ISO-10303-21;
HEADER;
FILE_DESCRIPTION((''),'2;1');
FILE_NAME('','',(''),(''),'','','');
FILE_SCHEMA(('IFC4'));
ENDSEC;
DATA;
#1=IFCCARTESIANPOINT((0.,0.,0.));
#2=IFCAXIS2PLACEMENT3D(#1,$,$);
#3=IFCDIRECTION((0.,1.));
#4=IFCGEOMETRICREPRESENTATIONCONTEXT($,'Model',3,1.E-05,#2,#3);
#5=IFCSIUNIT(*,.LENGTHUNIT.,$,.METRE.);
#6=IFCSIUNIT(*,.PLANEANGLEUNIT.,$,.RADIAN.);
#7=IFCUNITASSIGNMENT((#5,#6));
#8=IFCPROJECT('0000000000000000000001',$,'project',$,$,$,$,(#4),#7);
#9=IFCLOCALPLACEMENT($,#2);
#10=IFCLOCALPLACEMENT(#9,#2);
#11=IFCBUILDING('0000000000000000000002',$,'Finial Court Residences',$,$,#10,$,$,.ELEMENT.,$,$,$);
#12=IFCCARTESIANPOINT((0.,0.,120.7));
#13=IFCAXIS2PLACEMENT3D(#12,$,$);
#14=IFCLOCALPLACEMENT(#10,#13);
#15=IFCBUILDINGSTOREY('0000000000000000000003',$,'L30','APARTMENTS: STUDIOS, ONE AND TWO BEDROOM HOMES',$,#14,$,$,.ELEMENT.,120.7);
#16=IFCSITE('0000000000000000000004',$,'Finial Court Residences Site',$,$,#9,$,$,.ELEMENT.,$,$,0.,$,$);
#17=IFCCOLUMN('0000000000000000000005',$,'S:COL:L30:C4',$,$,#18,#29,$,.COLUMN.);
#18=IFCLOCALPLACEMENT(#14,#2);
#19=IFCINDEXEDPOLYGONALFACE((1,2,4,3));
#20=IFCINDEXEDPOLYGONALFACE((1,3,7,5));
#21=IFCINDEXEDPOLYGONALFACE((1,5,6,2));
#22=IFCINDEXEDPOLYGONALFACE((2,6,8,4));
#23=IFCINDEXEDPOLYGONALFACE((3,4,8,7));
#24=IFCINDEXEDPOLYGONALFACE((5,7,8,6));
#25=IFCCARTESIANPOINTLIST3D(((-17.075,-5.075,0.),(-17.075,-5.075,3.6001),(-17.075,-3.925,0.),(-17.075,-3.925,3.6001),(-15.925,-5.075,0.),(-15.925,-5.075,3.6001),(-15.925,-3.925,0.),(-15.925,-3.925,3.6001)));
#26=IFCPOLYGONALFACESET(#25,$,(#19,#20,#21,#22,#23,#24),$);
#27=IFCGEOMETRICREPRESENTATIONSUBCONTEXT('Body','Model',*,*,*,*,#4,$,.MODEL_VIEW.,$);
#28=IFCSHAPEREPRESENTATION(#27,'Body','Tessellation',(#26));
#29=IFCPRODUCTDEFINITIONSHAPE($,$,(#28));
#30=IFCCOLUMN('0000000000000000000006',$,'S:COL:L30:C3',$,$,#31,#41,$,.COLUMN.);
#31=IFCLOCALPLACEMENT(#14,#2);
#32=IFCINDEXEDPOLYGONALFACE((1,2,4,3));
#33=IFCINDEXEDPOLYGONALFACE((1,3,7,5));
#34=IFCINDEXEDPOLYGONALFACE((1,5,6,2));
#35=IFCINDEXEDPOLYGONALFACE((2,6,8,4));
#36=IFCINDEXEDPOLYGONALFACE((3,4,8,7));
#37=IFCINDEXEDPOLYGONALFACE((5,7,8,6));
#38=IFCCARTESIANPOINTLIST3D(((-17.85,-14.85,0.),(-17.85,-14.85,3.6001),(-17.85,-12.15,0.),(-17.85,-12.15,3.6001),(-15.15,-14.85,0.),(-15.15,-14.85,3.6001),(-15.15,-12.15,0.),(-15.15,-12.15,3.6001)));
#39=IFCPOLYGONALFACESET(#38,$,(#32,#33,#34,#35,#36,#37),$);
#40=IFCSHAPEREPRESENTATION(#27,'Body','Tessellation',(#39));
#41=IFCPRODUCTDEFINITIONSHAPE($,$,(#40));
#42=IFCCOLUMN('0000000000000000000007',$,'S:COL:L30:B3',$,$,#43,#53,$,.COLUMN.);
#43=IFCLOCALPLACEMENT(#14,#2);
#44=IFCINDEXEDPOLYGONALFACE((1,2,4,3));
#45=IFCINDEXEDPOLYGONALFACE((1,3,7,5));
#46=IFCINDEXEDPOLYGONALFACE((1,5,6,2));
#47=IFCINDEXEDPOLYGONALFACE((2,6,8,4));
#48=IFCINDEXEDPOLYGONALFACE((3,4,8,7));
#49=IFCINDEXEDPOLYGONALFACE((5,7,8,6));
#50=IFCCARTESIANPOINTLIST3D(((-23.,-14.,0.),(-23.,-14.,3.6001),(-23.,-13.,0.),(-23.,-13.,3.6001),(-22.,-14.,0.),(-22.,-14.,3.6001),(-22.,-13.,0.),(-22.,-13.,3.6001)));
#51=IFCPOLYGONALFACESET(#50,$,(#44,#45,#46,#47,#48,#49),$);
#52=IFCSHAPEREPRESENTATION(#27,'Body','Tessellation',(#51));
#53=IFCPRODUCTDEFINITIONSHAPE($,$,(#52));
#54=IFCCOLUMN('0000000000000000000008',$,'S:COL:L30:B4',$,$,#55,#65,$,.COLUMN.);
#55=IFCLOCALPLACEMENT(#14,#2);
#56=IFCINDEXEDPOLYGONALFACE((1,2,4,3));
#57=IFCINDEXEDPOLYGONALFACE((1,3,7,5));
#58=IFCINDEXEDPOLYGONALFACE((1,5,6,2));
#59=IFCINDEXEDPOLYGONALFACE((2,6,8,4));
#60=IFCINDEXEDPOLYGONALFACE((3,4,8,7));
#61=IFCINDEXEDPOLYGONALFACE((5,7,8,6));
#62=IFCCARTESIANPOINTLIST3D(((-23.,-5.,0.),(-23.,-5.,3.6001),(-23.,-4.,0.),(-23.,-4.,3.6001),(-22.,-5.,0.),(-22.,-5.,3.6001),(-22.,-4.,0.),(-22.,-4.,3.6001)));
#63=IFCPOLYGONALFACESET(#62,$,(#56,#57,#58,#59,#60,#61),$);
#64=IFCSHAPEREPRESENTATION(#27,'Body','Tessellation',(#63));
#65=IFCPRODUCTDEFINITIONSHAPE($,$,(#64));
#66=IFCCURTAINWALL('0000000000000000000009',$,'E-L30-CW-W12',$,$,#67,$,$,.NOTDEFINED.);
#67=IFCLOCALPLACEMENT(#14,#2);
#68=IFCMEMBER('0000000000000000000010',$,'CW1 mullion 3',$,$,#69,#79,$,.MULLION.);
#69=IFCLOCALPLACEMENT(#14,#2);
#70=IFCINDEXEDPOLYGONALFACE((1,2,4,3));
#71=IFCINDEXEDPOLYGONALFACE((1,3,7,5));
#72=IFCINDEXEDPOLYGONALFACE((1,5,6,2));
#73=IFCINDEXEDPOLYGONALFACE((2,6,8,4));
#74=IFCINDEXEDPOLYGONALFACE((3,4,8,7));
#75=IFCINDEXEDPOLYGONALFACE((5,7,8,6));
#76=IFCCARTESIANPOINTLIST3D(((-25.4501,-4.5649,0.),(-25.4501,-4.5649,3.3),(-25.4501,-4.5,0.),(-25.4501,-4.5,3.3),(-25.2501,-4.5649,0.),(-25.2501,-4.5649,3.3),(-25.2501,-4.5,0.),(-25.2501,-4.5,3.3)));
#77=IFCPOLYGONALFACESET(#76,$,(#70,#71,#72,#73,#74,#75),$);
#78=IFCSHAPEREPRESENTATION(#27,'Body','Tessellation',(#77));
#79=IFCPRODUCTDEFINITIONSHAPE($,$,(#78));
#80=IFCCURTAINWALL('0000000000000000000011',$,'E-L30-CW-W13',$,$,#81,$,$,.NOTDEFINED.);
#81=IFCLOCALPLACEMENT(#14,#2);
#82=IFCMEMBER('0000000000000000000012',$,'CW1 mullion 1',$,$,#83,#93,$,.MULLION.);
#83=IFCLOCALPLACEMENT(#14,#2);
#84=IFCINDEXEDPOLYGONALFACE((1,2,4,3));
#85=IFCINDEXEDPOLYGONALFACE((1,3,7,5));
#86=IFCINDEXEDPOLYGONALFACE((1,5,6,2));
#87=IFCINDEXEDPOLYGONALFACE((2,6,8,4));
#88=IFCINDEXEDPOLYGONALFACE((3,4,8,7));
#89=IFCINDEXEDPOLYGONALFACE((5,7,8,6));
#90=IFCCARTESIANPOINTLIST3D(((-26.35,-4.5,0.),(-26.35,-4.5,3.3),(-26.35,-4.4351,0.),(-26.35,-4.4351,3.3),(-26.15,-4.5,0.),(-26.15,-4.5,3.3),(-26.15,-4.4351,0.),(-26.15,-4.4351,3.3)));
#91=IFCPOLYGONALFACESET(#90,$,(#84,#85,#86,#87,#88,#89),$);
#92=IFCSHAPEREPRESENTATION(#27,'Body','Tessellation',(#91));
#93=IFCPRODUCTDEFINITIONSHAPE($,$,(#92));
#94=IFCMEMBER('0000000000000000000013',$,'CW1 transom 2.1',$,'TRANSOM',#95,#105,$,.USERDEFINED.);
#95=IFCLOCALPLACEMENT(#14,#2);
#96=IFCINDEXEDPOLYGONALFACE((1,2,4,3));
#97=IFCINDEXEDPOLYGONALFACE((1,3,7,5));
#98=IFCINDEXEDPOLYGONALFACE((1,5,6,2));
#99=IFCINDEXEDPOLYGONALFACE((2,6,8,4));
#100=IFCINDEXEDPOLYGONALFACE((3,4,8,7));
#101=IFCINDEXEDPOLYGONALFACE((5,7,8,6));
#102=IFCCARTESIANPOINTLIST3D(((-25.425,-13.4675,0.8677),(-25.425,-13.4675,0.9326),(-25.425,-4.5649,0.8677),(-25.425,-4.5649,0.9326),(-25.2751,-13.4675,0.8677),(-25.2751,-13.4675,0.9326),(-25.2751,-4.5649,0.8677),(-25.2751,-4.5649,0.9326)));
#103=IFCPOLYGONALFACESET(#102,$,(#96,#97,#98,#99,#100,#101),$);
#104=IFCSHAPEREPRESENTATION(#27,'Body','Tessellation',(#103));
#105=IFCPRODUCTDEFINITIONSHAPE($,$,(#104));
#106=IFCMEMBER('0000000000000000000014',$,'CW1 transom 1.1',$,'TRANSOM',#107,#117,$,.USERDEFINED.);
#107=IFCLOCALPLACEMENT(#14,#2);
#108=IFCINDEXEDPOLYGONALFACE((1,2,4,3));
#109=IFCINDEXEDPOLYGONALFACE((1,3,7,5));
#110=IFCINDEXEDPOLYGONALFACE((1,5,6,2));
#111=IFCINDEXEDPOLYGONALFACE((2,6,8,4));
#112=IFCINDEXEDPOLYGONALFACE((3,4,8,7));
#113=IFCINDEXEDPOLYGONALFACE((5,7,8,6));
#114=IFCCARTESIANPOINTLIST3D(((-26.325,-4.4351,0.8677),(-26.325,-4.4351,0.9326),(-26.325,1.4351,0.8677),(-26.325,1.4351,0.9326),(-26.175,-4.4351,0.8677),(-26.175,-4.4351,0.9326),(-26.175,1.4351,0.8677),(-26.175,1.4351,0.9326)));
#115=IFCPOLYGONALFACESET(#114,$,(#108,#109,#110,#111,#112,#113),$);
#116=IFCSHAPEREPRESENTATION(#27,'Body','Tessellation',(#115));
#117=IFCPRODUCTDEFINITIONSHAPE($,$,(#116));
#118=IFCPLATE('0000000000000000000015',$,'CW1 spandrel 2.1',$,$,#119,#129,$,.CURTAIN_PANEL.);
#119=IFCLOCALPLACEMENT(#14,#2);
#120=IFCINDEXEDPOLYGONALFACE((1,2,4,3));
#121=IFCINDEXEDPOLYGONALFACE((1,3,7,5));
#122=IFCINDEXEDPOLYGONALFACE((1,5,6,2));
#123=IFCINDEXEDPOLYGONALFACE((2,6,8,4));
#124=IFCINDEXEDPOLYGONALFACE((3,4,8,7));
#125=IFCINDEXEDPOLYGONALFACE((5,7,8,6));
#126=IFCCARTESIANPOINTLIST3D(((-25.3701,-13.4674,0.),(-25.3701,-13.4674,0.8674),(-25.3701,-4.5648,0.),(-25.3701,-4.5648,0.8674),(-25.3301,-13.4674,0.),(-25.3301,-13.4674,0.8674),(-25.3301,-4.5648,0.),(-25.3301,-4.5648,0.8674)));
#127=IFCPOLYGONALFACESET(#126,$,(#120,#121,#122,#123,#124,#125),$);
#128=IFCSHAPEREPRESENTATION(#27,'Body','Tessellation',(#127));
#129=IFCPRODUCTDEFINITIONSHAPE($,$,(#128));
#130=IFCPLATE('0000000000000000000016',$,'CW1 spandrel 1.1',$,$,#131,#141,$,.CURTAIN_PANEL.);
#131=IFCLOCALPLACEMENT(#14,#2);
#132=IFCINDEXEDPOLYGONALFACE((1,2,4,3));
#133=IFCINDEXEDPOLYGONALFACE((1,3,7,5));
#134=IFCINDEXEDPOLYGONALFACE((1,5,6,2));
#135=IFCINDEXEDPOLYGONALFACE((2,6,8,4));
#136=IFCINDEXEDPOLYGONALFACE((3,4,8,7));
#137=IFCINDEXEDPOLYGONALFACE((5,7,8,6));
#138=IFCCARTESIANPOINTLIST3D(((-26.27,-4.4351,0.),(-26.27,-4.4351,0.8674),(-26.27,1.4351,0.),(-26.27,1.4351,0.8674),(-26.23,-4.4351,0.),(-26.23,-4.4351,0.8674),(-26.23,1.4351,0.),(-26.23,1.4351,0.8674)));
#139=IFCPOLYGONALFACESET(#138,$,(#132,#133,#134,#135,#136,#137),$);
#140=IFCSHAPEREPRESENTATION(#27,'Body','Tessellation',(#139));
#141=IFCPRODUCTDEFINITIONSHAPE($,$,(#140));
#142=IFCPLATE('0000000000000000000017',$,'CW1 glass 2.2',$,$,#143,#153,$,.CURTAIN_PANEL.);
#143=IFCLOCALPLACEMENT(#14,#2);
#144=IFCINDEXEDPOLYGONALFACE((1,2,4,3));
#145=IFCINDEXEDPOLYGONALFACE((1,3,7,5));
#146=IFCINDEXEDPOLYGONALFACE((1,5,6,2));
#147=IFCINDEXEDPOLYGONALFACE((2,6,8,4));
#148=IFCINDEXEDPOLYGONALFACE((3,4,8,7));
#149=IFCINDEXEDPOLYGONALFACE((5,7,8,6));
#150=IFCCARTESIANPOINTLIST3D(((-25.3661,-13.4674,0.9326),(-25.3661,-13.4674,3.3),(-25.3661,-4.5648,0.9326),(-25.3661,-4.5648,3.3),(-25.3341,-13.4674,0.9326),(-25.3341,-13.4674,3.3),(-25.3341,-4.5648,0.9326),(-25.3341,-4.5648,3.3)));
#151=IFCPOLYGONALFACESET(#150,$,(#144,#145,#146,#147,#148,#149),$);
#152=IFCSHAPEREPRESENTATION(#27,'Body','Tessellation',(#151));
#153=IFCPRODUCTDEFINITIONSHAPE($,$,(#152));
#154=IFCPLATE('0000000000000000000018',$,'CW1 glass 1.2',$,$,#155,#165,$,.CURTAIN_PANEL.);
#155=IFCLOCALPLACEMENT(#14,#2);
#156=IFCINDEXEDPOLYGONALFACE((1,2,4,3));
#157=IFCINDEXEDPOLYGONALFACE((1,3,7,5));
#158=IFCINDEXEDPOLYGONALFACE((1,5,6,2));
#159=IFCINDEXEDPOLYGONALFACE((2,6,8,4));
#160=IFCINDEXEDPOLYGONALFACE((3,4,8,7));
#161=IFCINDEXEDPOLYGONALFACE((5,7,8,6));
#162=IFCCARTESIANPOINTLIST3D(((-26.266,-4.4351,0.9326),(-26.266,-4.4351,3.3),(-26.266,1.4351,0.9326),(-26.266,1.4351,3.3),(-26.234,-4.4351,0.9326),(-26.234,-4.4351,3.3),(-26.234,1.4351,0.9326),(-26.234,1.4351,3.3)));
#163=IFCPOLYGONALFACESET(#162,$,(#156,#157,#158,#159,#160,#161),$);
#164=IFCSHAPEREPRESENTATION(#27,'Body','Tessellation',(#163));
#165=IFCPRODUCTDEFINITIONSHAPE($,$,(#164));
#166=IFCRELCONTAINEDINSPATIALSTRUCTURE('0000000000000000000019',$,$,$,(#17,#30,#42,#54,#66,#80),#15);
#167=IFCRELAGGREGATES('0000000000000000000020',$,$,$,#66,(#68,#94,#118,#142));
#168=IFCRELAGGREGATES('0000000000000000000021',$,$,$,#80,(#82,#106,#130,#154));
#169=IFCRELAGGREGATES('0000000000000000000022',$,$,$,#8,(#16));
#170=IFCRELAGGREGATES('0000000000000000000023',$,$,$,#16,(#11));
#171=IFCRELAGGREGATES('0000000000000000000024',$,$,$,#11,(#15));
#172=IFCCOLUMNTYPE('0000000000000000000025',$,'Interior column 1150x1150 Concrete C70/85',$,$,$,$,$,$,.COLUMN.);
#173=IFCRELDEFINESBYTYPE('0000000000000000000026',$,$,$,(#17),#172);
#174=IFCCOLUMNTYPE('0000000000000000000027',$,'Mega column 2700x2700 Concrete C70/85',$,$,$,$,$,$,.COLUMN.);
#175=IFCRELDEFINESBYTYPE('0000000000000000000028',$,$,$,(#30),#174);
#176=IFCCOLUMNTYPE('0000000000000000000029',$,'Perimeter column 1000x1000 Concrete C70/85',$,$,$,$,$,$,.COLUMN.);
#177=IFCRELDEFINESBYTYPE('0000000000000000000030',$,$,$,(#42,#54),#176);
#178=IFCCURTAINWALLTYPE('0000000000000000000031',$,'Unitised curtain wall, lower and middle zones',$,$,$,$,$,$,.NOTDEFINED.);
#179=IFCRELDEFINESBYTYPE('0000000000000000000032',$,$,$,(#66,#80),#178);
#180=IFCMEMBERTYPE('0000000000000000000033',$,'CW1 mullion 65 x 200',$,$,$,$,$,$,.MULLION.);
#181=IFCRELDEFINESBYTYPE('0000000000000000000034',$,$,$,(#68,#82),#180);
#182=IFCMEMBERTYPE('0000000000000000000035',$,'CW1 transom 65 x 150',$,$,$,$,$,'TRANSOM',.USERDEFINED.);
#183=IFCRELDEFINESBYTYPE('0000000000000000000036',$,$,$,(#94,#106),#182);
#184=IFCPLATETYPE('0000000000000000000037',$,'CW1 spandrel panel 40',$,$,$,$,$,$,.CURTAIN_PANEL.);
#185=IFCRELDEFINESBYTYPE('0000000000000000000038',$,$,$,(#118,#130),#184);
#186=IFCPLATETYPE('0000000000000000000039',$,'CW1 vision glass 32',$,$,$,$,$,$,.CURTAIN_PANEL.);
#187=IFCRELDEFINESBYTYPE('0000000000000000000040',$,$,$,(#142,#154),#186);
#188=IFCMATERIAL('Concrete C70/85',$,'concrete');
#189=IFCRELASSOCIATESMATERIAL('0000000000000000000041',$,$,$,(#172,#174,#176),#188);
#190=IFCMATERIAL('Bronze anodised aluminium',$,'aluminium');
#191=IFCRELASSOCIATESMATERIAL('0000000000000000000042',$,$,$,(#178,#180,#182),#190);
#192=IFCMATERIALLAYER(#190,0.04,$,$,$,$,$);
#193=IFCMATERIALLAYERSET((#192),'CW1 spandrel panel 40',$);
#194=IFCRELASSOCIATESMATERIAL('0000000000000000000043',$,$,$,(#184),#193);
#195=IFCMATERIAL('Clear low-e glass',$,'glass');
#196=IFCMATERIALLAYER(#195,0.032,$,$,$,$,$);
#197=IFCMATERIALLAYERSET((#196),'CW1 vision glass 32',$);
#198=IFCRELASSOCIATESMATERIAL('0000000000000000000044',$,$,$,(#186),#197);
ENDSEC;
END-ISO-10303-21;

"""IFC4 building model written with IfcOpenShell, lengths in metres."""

from ifc_helpers import new_model, si_unit, direction, frame, origin, origin_2d, place, context, subcontext, project, spatial, rectangle, extrude, material, layer, layer_set, material_profile, profile_set, type_object, element, aggregate, save


model = new_model("IFC4")

# Units and contexts
model_context = context("Model", 3, precision=1e-05, world=origin(), true_north=direction((0.0, 1.0)))
body_context = subcontext(model_context, "Body", "Model", "MODEL_VIEW")
ifc_project = project(units=[si_unit("LENGTHUNIT", "METRE"), si_unit("PLANEANGLEUNIT", "RADIAN")], contexts=[model_context])

# Site, building, storey
site_placement = place(None, origin())
site = spatial("IfcSite", under=ifc_project, at=site_placement, Name="Finial Court Residences Site", CompositionType="ELEMENT", RefElevation=0.0)
building_placement = place(site_placement, origin())
building = spatial("IfcBuilding", under=site, at=building_placement, Name="Finial Court Residences", CompositionType="ELEMENT")
storey_placement = place(building_placement, frame((0.0, 0.0, 120.7)))
storey = spatial("IfcBuildingStorey", under=building, at=storey_placement, Name="L30", Description="APARTMENTS: STUDIOS, ONE AND TWO BEDROOM HOMES", CompositionType="ELEMENT", Elevation=120.7)

# Columns
ifc_material_1 = material(Name="Concrete C70/85", Category="concrete")
ifc_material_profile_1 = material_profile(ifc_material_1, rectangle(XDim=1.1499, YDim=1.1499, at=origin_2d()), Name="1150x1150")
ifc_profile_set_1 = profile_set([ifc_material_profile_1], Name="Concrete C70/85")
column_type_1 = type_object("IfcColumnType", Name="Interior column 1150x1150 Concrete C70/85", PredefinedType="COLUMN", material=ifc_profile_set_1)
column_1_placement = place(storey_placement, frame((-16.5, -4.5, 0.0), z_axis=(0.0, 0.0, 1.0), x_axis=(1.0, 0.0, 0.0)))
element("IfcColumn", 1, at=column_1_placement, inside=storey, type_object=column_type_1, Name="S:COL:L30:C4", PredefinedType="COLUMN", context=body_context, shape_type="SweptSolid", body=[
    extrude(rectangle(XDim=1.1499, YDim=1.1499, at=origin_2d()), origin(), (0.0, 0.0, 1.0), 3.6001),
])
ifc_material_profile_2 = material_profile(ifc_material_1, rectangle(XDim=2.7, YDim=2.7, at=origin_2d()), Name="2700x2700")
ifc_profile_set_2 = profile_set([ifc_material_profile_2], Name="Concrete C70/85")
column_type_2 = type_object("IfcColumnType", Name="Mega column 2700x2700 Concrete C70/85", PredefinedType="COLUMN", material=ifc_profile_set_2)
column_2_placement = place(storey_placement, frame((-16.5, -13.5, 0.0), z_axis=(0.0, 0.0, 1.0), x_axis=(1.0, 0.0, 0.0)))
element("IfcColumn", 2, at=column_2_placement, inside=storey, type_object=column_type_2, Name="S:COL:L30:C3", PredefinedType="COLUMN", context=body_context, shape_type="SweptSolid", body=[
    extrude(rectangle(XDim=2.7, YDim=2.7, at=origin_2d()), origin(), (0.0, 0.0, 1.0), 3.6001),
])
ifc_material_profile_3 = material_profile(ifc_material_1, rectangle(XDim=1.0, YDim=1.0, at=origin_2d()), Name="1000x1000")
ifc_profile_set_3 = profile_set([ifc_material_profile_3], Name="Concrete C70/85")
column_type_3 = type_object("IfcColumnType", Name="Perimeter column 1000x1000 Concrete C70/85", PredefinedType="COLUMN", material=ifc_profile_set_3)
for number, where, z_axis, x_axis, name in (
    (3, (-22.5, -13.5, 0.0), (0.0, 0.0, 1.0), (1.0, 0.0, 0.0), "S:COL:L30:B3"),
    (4, (-22.5, -4.5, 0.0), (0.0, 0.0, 1.0), (1.0, 0.0, 0.0), "S:COL:L30:B4"),
):
    element("IfcColumn", number, at=place(storey_placement, frame(where, z_axis=z_axis, x_axis=x_axis)), inside=storey, type_object=column_type_3, Name=name, PredefinedType="COLUMN", context=body_context, shape_type="SweptSolid", body=[
        extrude(rectangle(XDim=1.0, YDim=1.0, at=origin_2d()), origin(), (0.0, 0.0, 1.0), 3.6001),
    ])

# Curtain walls, members
ifc_material_2 = material(Name="Bronze anodised aluminium", Category="aluminium")
curtain_wall_type = type_object("IfcCurtainWallType", Name="Unitised curtain wall, lower and middle zones", PredefinedType="NOTDEFINED", material=ifc_material_2)
curtain_wall_1_placement = place(storey_placement, origin())
curtain_wall_1 = element("IfcCurtainWall", 5, at=curtain_wall_1_placement, inside=storey, type_object=curtain_wall_type, Name="E-L30-CW-W12", PredefinedType="NOTDEFINED")
ifc_material_profile_4 = material_profile(ifc_material_2, rectangle(XDim=0.2, YDim=0.0649, at=origin_2d()), Name="CW1 mullion 65 x 200")
ifc_profile_set_4 = profile_set([ifc_material_profile_4], Name="Bronze anodised aluminium")
member_type_1 = type_object("IfcMemberType", Name="CW1 mullion 65 x 200", PredefinedType="MULLION", material=ifc_profile_set_4)
member_1_placement = place(storey_placement, frame((-25.3501, -4.5325, 0.0), z_axis=(0.0, 0.0, 1.0), x_axis=(-1.0, 0.0, 0.0)))
member_1 = element("IfcMember", 6, at=member_1_placement, type_object=member_type_1, Name="CW1 mullion 3", PredefinedType="MULLION", context=body_context, shape_type="SweptSolid", body=[
    extrude(rectangle(XDim=0.2, YDim=0.0649, at=origin_2d()), origin(), (0.0, 0.0, 1.0), 3.3),
])
curtain_wall_2_placement = place(storey_placement, origin())
curtain_wall_2 = element("IfcCurtainWall", 7, at=curtain_wall_2_placement, inside=storey, type_object=curtain_wall_type, Name="E-L30-CW-W13", PredefinedType="NOTDEFINED")
member_2_placement = place(storey_placement, frame((-26.25, -4.4675, 0.0), z_axis=(0.0, 0.0, 1.0), x_axis=(-1.0, 0.0, 0.0)))
member_2 = element("IfcMember", 8, at=member_2_placement, type_object=member_type_1, Name="CW1 mullion 1", PredefinedType="MULLION", context=body_context, shape_type="SweptSolid", body=[
    extrude(rectangle(XDim=0.2, YDim=0.0649, at=origin_2d()), origin(), (0.0, 0.0, 1.0), 3.3),
])

# Members
ifc_material_profile_5 = material_profile(ifc_material_2, rectangle(XDim=0.1499, YDim=0.0649, at=origin_2d()), Name="CW1 transom 65 x 150")
ifc_profile_set_5 = profile_set([ifc_material_profile_5], Name="Bronze anodised aluminium")
member_type_2 = type_object("IfcMemberType", Name="CW1 transom 65 x 150", ElementType="TRANSOM", PredefinedType="USERDEFINED", material=ifc_profile_set_5)
member_3_placement = place(storey_placement, frame((-25.3501, -13.4675, 0.9001), z_axis=(0.0, 1.0, 0.0), x_axis=(-1.0, 0.0, 0.0)))
member_3 = element("IfcMember", 9, at=member_3_placement, type_object=member_type_2, Name="CW1 transom 2.1", ObjectType="TRANSOM", PredefinedType="USERDEFINED", context=body_context, shape_type="SweptSolid", body=[
    extrude(rectangle(XDim=0.1499, YDim=0.0649, at=origin_2d()), origin(), (0.0, 0.0, 1.0), 8.9026),
])
member_4_placement = place(storey_placement, frame((-26.25, -4.4351, 0.9001), z_axis=(0.0, 1.0, 0.0), x_axis=(-1.0, 0.0, 0.0)))
member_4 = element("IfcMember", 10, at=member_4_placement, type_object=member_type_2, Name="CW1 transom 1.1", ObjectType="TRANSOM", PredefinedType="USERDEFINED", context=body_context, shape_type="SweptSolid", body=[
    extrude(rectangle(XDim=0.1499, YDim=0.0649, at=origin_2d()), origin(), (0.0, 0.0, 1.0), 5.8701),
])

# Plates
ifc_layer_1 = layer(ifc_material_2, 0.04)
ifc_layer_set_1 = layer_set([ifc_layer_1], Name="CW1 spandrel panel 40")
plate_type_1 = type_object("IfcPlateType", Name="CW1 spandrel panel 40", PredefinedType="CURTAIN_PANEL", material=ifc_layer_set_1)
plate_1_placement = place(storey_placement, frame((-25.3501, -9.0161, 0.0), z_axis=(0.0, 0.0, 1.0), x_axis=(0.0, 1.0, 0.0)))
plate_1 = element("IfcPlate", 11, at=plate_1_placement, type_object=plate_type_1, Name="CW1 spandrel 2.1", PredefinedType="CURTAIN_PANEL", context=body_context, shape_type="SweptSolid", body=[
    extrude(rectangle(XDim=8.9026, YDim=0.04, at=origin_2d()), origin(), (0.0, 0.0, 1.0), 0.8674),
])
plate_2_placement = place(storey_placement, frame((-26.25, -1.5, 0.0), z_axis=(0.0, 0.0, 1.0), x_axis=(0.0, 1.0, 0.0)))
plate_2 = element("IfcPlate", 12, at=plate_2_placement, type_object=plate_type_1, Name="CW1 spandrel 1.1", PredefinedType="CURTAIN_PANEL", context=body_context, shape_type="SweptSolid", body=[
    extrude(rectangle(XDim=5.8701, YDim=0.04, at=origin_2d()), origin(), (0.0, 0.0, 1.0), 0.8674),
])
ifc_material_3 = material(Name="Clear low-e glass", Category="glass")
ifc_layer_2 = layer(ifc_material_3, 0.032)
ifc_layer_set_2 = layer_set([ifc_layer_2], Name="CW1 vision glass 32")
plate_type_2 = type_object("IfcPlateType", Name="CW1 vision glass 32", PredefinedType="CURTAIN_PANEL", material=ifc_layer_set_2)
plate_3_placement = place(storey_placement, frame((-25.3501, -9.0161, 0.9326), z_axis=(0.0, 0.0, 1.0), x_axis=(0.0, 1.0, 0.0)))
plate_3 = element("IfcPlate", 13, at=plate_3_placement, type_object=plate_type_2, Name="CW1 glass 2.2", PredefinedType="CURTAIN_PANEL", context=body_context, shape_type="SweptSolid", body=[
    extrude(rectangle(XDim=8.9026, YDim=0.032, at=origin_2d()), origin(), (0.0, 0.0, 1.0), 2.3674),
])
aggregate(curtain_wall_1, [member_1, member_3, plate_1, plate_3])
plate_4_placement = place(storey_placement, frame((-26.25, -1.5, 0.9326), z_axis=(0.0, 0.0, 1.0), x_axis=(0.0, 1.0, 0.0)))
plate_4 = element("IfcPlate", 14, at=plate_4_placement, type_object=plate_type_2, Name="CW1 glass 1.2", PredefinedType="CURTAIN_PANEL", context=body_context, shape_type="SweptSolid", body=[
    extrude(rectangle(XDim=5.8701, YDim=0.032, at=origin_2d()), origin(), (0.0, 0.0, 1.0), 2.3674),
])
aggregate(curtain_wall_2, [member_2, member_4, plate_2, plate_4])

save(model, "model.ifc")
